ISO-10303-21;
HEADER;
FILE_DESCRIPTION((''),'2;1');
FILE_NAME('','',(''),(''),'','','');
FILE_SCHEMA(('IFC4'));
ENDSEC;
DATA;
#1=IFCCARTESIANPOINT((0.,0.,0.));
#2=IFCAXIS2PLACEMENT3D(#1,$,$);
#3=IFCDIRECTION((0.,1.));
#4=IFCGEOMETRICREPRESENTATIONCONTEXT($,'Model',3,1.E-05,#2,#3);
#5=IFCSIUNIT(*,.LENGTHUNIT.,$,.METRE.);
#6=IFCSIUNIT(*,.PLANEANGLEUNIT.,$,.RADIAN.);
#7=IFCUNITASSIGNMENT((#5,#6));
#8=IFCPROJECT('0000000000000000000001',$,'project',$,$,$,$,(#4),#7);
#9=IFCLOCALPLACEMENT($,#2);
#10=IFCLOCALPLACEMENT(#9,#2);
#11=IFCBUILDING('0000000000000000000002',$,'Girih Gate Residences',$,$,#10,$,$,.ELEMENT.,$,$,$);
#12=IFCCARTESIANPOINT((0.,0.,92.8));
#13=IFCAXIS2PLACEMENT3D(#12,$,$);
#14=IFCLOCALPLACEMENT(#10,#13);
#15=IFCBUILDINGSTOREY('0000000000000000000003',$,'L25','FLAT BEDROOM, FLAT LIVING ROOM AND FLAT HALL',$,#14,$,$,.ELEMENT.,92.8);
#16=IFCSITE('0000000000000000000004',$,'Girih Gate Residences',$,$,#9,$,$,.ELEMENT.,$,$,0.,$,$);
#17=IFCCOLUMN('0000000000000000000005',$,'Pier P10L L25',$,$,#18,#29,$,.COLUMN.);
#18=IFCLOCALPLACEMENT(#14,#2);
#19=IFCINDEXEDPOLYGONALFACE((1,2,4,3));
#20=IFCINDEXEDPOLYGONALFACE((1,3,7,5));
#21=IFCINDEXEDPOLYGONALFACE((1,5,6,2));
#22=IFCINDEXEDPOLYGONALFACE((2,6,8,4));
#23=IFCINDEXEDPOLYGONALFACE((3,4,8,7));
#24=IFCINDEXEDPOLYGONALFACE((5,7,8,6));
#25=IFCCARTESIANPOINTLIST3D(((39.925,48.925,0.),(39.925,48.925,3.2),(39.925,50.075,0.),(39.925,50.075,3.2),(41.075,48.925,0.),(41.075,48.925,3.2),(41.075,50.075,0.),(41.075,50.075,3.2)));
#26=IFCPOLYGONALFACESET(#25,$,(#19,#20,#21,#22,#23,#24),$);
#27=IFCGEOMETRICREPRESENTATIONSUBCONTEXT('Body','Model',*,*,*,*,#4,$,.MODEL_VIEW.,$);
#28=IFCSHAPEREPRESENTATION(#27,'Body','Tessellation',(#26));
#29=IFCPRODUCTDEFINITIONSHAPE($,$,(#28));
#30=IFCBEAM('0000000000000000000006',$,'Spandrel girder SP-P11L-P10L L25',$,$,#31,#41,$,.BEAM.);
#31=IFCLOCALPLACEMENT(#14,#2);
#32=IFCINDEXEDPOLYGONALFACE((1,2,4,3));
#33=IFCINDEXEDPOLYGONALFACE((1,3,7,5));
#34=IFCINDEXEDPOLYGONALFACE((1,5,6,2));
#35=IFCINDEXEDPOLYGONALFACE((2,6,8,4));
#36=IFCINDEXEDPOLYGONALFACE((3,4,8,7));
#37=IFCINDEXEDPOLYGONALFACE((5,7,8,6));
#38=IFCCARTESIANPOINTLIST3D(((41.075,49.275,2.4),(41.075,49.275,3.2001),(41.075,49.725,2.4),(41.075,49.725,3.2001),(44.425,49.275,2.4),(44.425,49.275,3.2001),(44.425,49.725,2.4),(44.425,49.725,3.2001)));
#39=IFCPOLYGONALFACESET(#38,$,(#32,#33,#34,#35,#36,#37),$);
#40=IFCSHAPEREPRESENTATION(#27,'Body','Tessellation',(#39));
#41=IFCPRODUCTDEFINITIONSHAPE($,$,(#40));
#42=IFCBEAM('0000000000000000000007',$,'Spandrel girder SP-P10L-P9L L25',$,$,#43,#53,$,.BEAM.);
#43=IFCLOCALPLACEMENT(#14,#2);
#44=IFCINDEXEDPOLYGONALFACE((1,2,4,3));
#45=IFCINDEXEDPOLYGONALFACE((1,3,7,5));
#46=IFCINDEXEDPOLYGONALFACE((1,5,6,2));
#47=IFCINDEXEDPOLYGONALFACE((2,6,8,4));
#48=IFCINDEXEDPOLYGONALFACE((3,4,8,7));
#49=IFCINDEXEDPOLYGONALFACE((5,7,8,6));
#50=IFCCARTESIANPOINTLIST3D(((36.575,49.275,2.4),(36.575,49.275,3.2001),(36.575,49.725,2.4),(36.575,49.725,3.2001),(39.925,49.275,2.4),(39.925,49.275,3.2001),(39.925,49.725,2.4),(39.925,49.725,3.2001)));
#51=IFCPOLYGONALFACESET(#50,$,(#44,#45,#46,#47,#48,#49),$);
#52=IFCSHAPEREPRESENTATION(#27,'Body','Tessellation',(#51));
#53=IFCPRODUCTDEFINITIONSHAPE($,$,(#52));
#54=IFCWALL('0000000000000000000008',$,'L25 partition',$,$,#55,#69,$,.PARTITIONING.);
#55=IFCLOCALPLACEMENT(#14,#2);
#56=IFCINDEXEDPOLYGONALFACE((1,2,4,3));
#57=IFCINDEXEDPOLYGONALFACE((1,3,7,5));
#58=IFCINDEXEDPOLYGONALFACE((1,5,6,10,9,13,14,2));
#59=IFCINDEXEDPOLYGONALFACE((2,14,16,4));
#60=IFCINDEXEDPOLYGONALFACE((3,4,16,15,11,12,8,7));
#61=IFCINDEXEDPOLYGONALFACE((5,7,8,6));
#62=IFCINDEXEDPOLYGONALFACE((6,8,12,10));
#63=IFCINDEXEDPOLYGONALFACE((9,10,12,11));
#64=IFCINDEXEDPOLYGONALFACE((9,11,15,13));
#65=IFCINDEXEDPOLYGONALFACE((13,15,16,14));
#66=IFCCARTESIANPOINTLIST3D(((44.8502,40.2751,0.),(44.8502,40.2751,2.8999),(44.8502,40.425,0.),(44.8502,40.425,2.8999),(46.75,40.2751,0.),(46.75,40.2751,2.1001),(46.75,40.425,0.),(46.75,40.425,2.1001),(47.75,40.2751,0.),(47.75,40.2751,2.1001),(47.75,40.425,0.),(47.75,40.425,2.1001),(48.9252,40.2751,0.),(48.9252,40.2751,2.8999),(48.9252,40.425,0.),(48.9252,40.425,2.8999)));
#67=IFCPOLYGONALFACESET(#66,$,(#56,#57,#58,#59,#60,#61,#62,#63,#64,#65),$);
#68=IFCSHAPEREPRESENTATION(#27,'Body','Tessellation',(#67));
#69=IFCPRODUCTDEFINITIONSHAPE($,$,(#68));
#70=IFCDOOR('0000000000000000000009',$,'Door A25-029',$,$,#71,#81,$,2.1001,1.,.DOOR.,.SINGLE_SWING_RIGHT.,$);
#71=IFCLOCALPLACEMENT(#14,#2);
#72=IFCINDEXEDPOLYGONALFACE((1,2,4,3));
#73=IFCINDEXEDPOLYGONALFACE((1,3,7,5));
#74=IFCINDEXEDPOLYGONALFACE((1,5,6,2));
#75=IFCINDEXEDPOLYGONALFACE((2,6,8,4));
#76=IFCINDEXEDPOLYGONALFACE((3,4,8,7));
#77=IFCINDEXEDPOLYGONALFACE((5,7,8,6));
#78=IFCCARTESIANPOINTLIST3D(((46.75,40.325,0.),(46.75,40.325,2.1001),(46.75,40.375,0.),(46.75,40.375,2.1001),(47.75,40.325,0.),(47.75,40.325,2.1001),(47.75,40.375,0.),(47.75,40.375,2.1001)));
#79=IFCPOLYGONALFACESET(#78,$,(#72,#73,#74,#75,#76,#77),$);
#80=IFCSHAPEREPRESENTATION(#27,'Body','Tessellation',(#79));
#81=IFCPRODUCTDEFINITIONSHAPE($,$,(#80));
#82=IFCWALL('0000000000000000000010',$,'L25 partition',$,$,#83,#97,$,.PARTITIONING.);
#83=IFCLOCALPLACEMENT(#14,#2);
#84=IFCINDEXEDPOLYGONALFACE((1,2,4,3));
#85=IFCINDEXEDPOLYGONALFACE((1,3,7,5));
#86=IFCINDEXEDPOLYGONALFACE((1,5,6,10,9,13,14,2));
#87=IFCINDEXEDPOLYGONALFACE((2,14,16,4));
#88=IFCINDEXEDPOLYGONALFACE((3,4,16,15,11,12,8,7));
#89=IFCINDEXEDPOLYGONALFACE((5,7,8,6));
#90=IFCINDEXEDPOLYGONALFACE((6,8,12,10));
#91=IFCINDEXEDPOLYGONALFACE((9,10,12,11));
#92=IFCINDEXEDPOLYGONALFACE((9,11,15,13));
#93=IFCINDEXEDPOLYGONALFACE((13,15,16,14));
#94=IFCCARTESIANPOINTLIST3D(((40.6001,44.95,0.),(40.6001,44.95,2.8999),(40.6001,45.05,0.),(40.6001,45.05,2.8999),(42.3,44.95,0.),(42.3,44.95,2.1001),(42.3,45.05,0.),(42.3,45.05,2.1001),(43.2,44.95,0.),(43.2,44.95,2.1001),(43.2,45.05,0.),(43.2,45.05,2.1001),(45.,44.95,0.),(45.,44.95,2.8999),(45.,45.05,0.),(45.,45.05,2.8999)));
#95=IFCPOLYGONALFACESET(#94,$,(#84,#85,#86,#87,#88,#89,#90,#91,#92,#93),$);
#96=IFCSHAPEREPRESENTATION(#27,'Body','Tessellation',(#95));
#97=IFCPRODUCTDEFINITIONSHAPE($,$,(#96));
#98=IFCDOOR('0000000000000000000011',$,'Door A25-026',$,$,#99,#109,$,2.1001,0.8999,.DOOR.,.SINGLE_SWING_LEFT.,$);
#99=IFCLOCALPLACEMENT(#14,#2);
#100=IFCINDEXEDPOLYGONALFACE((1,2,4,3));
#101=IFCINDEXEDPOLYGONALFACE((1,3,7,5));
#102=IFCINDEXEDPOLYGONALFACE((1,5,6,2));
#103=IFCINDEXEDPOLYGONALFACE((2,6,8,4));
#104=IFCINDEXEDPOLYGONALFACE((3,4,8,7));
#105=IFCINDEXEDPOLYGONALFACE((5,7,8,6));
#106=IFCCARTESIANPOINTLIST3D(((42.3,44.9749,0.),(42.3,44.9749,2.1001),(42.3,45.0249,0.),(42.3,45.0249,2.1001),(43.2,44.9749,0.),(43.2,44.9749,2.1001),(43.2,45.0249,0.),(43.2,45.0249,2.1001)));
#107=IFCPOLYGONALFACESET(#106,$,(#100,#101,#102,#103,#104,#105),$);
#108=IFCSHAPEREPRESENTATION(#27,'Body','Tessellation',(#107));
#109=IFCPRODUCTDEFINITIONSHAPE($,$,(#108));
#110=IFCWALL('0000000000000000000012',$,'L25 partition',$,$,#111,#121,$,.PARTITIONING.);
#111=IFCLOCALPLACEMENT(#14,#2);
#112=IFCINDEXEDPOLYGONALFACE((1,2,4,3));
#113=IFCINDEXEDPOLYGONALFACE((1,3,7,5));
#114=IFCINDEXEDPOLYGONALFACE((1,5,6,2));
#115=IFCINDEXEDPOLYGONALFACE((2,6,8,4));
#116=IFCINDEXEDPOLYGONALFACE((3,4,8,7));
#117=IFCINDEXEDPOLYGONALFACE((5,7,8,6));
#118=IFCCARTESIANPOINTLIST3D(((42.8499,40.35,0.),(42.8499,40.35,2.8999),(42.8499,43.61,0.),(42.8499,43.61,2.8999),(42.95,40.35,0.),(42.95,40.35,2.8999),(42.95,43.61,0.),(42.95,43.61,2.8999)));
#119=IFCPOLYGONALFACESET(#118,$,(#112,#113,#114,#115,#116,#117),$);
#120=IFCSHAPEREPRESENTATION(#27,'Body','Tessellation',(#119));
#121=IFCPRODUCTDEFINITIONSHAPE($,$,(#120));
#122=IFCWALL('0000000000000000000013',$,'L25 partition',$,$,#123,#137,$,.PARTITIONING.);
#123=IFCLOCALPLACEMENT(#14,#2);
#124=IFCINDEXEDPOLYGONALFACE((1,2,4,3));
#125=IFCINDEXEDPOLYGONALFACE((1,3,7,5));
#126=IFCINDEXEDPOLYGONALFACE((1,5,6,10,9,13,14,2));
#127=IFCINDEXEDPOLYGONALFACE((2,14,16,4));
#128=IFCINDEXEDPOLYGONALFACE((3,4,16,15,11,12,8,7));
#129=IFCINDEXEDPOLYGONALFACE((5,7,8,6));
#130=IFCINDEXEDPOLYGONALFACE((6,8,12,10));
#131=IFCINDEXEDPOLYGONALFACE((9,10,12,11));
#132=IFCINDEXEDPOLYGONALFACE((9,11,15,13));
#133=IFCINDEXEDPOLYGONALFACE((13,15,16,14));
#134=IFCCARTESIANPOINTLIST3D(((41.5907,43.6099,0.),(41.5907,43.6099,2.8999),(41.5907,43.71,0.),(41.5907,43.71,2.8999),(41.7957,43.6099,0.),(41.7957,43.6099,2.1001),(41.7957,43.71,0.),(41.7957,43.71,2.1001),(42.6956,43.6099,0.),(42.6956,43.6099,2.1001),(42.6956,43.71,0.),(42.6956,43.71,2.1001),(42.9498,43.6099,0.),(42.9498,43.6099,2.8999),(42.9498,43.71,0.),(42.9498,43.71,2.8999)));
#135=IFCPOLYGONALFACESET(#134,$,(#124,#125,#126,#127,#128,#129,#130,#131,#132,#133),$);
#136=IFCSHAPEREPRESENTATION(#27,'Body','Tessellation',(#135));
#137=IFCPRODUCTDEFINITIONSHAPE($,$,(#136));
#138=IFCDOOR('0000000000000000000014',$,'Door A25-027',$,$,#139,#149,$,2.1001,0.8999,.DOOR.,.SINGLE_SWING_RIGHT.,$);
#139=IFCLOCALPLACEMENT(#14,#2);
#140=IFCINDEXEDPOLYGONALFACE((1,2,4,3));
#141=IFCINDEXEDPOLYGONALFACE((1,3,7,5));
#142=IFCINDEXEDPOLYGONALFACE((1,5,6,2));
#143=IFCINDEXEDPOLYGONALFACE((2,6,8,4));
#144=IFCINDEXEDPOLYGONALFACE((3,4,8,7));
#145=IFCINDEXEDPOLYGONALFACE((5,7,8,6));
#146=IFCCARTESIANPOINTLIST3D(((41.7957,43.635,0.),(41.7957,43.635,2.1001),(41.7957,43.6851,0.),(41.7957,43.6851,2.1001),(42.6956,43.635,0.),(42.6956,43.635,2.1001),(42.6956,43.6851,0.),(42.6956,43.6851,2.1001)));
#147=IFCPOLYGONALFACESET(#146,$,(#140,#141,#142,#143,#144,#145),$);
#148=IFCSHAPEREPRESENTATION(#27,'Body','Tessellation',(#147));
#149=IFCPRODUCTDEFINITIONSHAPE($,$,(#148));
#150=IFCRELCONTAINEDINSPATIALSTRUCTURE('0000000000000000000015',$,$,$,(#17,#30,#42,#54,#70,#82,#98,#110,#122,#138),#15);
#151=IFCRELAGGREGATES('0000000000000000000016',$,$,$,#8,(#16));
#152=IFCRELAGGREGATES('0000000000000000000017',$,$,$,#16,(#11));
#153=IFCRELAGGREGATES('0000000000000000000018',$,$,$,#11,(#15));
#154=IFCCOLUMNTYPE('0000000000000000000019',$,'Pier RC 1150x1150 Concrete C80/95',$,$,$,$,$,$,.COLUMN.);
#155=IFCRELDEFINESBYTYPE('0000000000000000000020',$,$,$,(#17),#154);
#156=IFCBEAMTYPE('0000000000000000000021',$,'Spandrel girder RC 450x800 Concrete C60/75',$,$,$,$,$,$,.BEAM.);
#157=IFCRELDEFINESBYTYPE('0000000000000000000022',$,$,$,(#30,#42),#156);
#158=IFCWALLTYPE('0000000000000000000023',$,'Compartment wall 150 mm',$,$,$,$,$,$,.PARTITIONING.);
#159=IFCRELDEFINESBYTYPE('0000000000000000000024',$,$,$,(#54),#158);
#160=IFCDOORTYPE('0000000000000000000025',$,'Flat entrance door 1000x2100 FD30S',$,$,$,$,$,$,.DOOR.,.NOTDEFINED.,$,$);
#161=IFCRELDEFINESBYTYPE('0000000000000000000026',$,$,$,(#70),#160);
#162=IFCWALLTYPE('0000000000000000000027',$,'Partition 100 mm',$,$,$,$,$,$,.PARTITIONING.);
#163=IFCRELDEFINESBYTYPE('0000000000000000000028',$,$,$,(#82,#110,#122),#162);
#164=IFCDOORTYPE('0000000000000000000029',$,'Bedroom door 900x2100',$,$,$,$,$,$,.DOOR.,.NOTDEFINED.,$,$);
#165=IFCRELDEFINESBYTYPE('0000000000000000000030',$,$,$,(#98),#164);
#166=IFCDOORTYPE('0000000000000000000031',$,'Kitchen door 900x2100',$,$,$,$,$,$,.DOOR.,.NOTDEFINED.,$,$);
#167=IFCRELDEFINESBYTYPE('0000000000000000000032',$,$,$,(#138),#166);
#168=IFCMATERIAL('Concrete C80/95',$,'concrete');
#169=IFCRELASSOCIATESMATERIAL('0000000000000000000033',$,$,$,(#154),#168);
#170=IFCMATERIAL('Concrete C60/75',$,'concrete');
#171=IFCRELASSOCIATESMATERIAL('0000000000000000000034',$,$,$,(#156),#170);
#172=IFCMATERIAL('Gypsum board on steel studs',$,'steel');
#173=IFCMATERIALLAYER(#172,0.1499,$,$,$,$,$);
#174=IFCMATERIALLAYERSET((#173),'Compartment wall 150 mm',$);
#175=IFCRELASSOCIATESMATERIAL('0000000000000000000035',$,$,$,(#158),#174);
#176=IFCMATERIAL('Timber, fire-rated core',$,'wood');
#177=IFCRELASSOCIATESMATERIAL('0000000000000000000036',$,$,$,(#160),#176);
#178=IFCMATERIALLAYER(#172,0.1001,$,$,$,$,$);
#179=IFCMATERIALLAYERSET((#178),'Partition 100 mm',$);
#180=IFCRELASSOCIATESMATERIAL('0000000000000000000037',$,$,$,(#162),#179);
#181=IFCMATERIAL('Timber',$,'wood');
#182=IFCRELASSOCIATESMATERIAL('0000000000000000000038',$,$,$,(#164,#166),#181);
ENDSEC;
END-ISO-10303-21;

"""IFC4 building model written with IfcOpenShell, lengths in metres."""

from ifc_helpers import new_model, si_unit, direction, frame, frame_2d, origin, origin_2d, place, context, subcontext, project, spatial, rectangle, extrude, material, layer, layer_set, material_profile, profile_set, type_object, element, fill, save


model = new_model("IFC4")

# Units and contexts
model_context = context("Model", 3, precision=1e-05, world=origin(), true_north=direction((0.0, 1.0)))
body_context = subcontext(model_context, "Body", "Model", "MODEL_VIEW")
ifc_project = project(units=[si_unit("LENGTHUNIT", "METRE"), si_unit("PLANEANGLEUNIT", "RADIAN")], contexts=[model_context])

# Site, building, storey
site_placement = place(None, origin())
site = spatial("IfcSite", under=ifc_project, at=site_placement, Name="Girih Gate Residences", CompositionType="ELEMENT", RefElevation=0.0)
building_placement = place(site_placement, origin())
building = spatial("IfcBuilding", under=site, at=building_placement, Name="Girih Gate Residences", CompositionType="ELEMENT")
storey_placement = place(building_placement, frame((0.0, 0.0, 92.8)))
storey = spatial("IfcBuildingStorey", under=building, at=storey_placement, Name="L25", Description="FLAT BEDROOM, FLAT LIVING ROOM AND FLAT HALL", CompositionType="ELEMENT", Elevation=92.8)

# Column
ifc_material_1 = material(Name="Concrete C80/95", Category="concrete")
ifc_material_profile_1 = material_profile(ifc_material_1, rectangle(XDim=1.1499, YDim=1.1499, at=origin_2d()))
ifc_profile_set_1 = profile_set([ifc_material_profile_1], Name="Concrete C80/95")
column_type = type_object("IfcColumnType", Name="Pier RC 1150x1150 Concrete C80/95", PredefinedType="COLUMN", material=ifc_profile_set_1)
column_placement = place(storey_placement, frame((40.5, 49.5, 0.0), z_axis=(0.0, 0.0, 1.0), x_axis=(1.0, 0.0, 0.0)))
element("IfcColumn", 1, at=column_placement, inside=storey, type_object=column_type, Name="Pier P10L L25", PredefinedType="COLUMN", context=body_context, shape_type="SweptSolid", body=[
    extrude(rectangle(XDim=1.1499, YDim=1.1499, at=origin_2d()), origin(), (0.0, 0.0, 1.0), 3.2),
])

# Beams
ifc_material_2 = material(Name="Concrete C60/75", Category="concrete")
ifc_material_profile_2 = material_profile(ifc_material_2, rectangle(XDim=0.45, YDim=0.8, at=origin_2d()))
ifc_profile_set_2 = profile_set([ifc_material_profile_2], Name="Concrete C60/75")
beam_type = type_object("IfcBeamType", Name="Spandrel girder RC 450x800 Concrete C60/75", PredefinedType="BEAM", material=ifc_profile_set_2)
for number, where, z_axis, x_axis, name in (
    (2, (44.425, 49.5, 2.8), (-1.0, 0.0, 0.0), (0.0, -1.0, 0.0), "Spandrel girder SP-P11L-P10L L25"),
    (3, (39.925, 49.5, 2.8), (-1.0, 0.0, 0.0), (0.0, -1.0, 0.0), "Spandrel girder SP-P10L-P9L L25"),
):
    element("IfcBeam", number, at=place(storey_placement, frame(where, z_axis=z_axis, x_axis=x_axis)), inside=storey, type_object=beam_type, Name=name, PredefinedType="BEAM", context=body_context, shape_type="SweptSolid", body=[
        extrude(rectangle(XDim=0.45, YDim=0.8, at=origin_2d()), origin(), (0.0, 0.0, 1.0), 3.3501),
    ])

# Walls, openings, doors
ifc_material_3 = material(Name="Gypsum board on steel studs", Category="steel")
ifc_layer_1 = layer(ifc_material_3, 0.1499)
ifc_layer_set_1 = layer_set([ifc_layer_1], Name="Compartment wall 150 mm")
wall_type_1 = type_object("IfcWallType", Name="Compartment wall 150 mm", PredefinedType="PARTITIONING", material=ifc_layer_set_1)
wall_1_placement = place(storey_placement, frame((44.8501, 40.3501, 0.0), z_axis=(0.0, 0.0, 1.0), x_axis=(1.0, 0.0, 0.0)))
wall_1 = element("IfcWall", 4, at=wall_1_placement, inside=storey, type_object=wall_type_1, Name="L25 partition", PredefinedType="PARTITIONING", context=body_context, shape_type="SweptSolid", body=[
    extrude(rectangle(XDim=4.075, YDim=0.1499, at=frame_2d((2.0376, 0.0))), origin(), (0.0, 0.0, 1.0), 2.8999),
])
opening_1_placement = place(wall_1_placement, frame((1.8999, 0.0, 0.0)))
opening_1 = element("IfcOpeningElement", 5, at=opening_1_placement, cuts=wall_1, PredefinedType="OPENING", context=body_context, shape_type="SweptSolid", body=[
    extrude(rectangle(XDim=1.0, YDim=2.1001, at=frame_2d((0.5, 1.05))), frame((0.0, 0.085, 0.0), z_axis=(0.0, -1.0, 0.0), x_axis=(1.0, 0.0, 0.0)), (0.0, 0.0, 1.0), 0.1699),
])
ifc_material_4 = material(Name="Timber, fire-rated core", Category="wood")
door_type_1 = type_object("IfcDoorType", Name="Flat entrance door 1000x2100 FD30S", OperationType="NOTDEFINED", PredefinedType="DOOR", material=ifc_material_4)
door_1_placement = place(opening_1_placement, origin())
door_1 = element("IfcDoor", 6, at=door_1_placement, inside=storey, type_object=door_type_1, Name="Door A25-029", OperationType="SINGLE_SWING_RIGHT", OverallHeight=2.1001, OverallWidth=1.0, PredefinedType="DOOR", context=body_context, shape_type="SweptSolid", body=[
    extrude(rectangle(XDim=1.0, YDim=2.1001, at=frame_2d((0.5, 1.05))), frame((0.0, 0.0249, 0.0), z_axis=(0.0, -1.0, 0.0), x_axis=(1.0, 0.0, 0.0)), (0.0, 0.0, 1.0), 0.05),
])
fill(opening_1, door_1)
ifc_layer_2 = layer(ifc_material_3, 0.1001)
ifc_layer_set_2 = layer_set([ifc_layer_2], Name="Partition 100 mm")
wall_type_2 = type_object("IfcWallType", Name="Partition 100 mm", PredefinedType="PARTITIONING", material=ifc_layer_set_2)
wall_2_placement = place(storey_placement, frame((40.6001, 45.0, 0.0), z_axis=(0.0, 0.0, 1.0), x_axis=(1.0, 0.0, 0.0)))
wall_2 = element("IfcWall", 7, at=wall_2_placement, inside=storey, type_object=wall_type_2, Name="L25 partition", PredefinedType="PARTITIONING", context=body_context, shape_type="SweptSolid", body=[
    extrude(rectangle(XDim=4.3999, YDim=0.1001, at=frame_2d((2.2, 0.0))), origin(), (0.0, 0.0, 1.0), 2.8999),
])
opening_2_placement = place(wall_2_placement, frame((1.7, 0.0, 0.0)))
opening_2 = element("IfcOpeningElement", 8, at=opening_2_placement, cuts=wall_2, PredefinedType="OPENING", context=body_context, shape_type="SweptSolid", body=[
    extrude(rectangle(XDim=0.8999, YDim=2.1001, at=frame_2d((0.45, 1.05))), frame((0.0, 0.0601, 0.0), z_axis=(0.0, -1.0, 0.0), x_axis=(1.0, 0.0, 0.0)), (0.0, 0.0, 1.0), 0.1201),
])
ifc_material_5 = material(Name="Timber", Category="wood")
door_type_2 = type_object("IfcDoorType", Name="Bedroom door 900x2100", OperationType="NOTDEFINED", PredefinedType="DOOR", material=ifc_material_5)
door_2_placement = place(opening_2_placement, origin())
door_2 = element("IfcDoor", 9, at=door_2_placement, inside=storey, type_object=door_type_2, Name="Door A25-026", OperationType="SINGLE_SWING_LEFT", OverallHeight=2.1001, OverallWidth=0.8999, PredefinedType="DOOR", context=body_context, shape_type="SweptSolid", body=[
    extrude(rectangle(XDim=0.8999, YDim=2.1001, at=frame_2d((0.45, 1.05))), frame((0.0, 0.0249, 0.0), z_axis=(0.0, -1.0, 0.0), x_axis=(1.0, 0.0, 0.0)), (0.0, 0.0, 1.0), 0.05),
])
fill(opening_2, door_2)

# Wall
wall_3_placement = place(storey_placement, frame((42.8999, 40.3501, 0.0), z_axis=(0.0, 0.0, 1.0), x_axis=(0.0, 1.0, 0.0)))
element("IfcWall", 10, at=wall_3_placement, inside=storey, type_object=wall_type_2, Name="L25 partition", PredefinedType="PARTITIONING", context=body_context, shape_type="SweptSolid", body=[
    extrude(rectangle(XDim=3.26, YDim=0.1001, at=frame_2d((1.6299, 0.0))), origin(), (0.0, 0.0, 1.0), 2.8999),
])

# Wall, opening, door
wall_4_placement = place(storey_placement, frame((42.95, 43.6599, 0.0), z_axis=(0.0, 0.0, 1.0), x_axis=(-1.0, 0.0, 0.0)))
wall_4 = element("IfcWall", 11, at=wall_4_placement, inside=storey, type_object=wall_type_2, Name="L25 partition", PredefinedType="PARTITIONING", context=body_context, shape_type="SweptSolid", body=[
    extrude(rectangle(XDim=1.3591, YDim=0.1001, at=frame_2d((0.6797, 0.0))), origin(), (0.0, 0.0, 1.0), 2.8999),
])
opening_3_placement = place(wall_4_placement, frame((0.2544, 0.0, 0.0)))
opening_3 = element("IfcOpeningElement", 12, at=opening_3_placement, cuts=wall_4, PredefinedType="OPENING", context=body_context, shape_type="SweptSolid", body=[
    extrude(rectangle(XDim=0.8999, YDim=2.1001, at=frame_2d((0.45, 1.05))), frame((0.0, 0.0601, 0.0), z_axis=(0.0, -1.0, 0.0), x_axis=(1.0, 0.0, 0.0)), (0.0, 0.0, 1.0), 0.1201),
])
door_type_3 = type_object("IfcDoorType", Name="Kitchen door 900x2100", OperationType="NOTDEFINED", PredefinedType="DOOR", material=ifc_material_5)
door_3_placement = place(opening_3_placement, origin())
door_3 = element("IfcDoor", 13, at=door_3_placement, inside=storey, type_object=door_type_3, Name="Door A25-027", OperationType="SINGLE_SWING_RIGHT", OverallHeight=2.1001, OverallWidth=0.8999, PredefinedType="DOOR", context=body_context, shape_type="SweptSolid", body=[
    extrude(rectangle(XDim=0.8999, YDim=2.1001, at=frame_2d((0.45, 1.05))), frame((0.0, 0.0249, 0.0), z_axis=(0.0, -1.0, 0.0), x_axis=(1.0, 0.0, 0.0)), (0.0, 0.0, 1.0), 0.05),
])
fill(opening_3, door_3)

save(model, "model.ifc")
